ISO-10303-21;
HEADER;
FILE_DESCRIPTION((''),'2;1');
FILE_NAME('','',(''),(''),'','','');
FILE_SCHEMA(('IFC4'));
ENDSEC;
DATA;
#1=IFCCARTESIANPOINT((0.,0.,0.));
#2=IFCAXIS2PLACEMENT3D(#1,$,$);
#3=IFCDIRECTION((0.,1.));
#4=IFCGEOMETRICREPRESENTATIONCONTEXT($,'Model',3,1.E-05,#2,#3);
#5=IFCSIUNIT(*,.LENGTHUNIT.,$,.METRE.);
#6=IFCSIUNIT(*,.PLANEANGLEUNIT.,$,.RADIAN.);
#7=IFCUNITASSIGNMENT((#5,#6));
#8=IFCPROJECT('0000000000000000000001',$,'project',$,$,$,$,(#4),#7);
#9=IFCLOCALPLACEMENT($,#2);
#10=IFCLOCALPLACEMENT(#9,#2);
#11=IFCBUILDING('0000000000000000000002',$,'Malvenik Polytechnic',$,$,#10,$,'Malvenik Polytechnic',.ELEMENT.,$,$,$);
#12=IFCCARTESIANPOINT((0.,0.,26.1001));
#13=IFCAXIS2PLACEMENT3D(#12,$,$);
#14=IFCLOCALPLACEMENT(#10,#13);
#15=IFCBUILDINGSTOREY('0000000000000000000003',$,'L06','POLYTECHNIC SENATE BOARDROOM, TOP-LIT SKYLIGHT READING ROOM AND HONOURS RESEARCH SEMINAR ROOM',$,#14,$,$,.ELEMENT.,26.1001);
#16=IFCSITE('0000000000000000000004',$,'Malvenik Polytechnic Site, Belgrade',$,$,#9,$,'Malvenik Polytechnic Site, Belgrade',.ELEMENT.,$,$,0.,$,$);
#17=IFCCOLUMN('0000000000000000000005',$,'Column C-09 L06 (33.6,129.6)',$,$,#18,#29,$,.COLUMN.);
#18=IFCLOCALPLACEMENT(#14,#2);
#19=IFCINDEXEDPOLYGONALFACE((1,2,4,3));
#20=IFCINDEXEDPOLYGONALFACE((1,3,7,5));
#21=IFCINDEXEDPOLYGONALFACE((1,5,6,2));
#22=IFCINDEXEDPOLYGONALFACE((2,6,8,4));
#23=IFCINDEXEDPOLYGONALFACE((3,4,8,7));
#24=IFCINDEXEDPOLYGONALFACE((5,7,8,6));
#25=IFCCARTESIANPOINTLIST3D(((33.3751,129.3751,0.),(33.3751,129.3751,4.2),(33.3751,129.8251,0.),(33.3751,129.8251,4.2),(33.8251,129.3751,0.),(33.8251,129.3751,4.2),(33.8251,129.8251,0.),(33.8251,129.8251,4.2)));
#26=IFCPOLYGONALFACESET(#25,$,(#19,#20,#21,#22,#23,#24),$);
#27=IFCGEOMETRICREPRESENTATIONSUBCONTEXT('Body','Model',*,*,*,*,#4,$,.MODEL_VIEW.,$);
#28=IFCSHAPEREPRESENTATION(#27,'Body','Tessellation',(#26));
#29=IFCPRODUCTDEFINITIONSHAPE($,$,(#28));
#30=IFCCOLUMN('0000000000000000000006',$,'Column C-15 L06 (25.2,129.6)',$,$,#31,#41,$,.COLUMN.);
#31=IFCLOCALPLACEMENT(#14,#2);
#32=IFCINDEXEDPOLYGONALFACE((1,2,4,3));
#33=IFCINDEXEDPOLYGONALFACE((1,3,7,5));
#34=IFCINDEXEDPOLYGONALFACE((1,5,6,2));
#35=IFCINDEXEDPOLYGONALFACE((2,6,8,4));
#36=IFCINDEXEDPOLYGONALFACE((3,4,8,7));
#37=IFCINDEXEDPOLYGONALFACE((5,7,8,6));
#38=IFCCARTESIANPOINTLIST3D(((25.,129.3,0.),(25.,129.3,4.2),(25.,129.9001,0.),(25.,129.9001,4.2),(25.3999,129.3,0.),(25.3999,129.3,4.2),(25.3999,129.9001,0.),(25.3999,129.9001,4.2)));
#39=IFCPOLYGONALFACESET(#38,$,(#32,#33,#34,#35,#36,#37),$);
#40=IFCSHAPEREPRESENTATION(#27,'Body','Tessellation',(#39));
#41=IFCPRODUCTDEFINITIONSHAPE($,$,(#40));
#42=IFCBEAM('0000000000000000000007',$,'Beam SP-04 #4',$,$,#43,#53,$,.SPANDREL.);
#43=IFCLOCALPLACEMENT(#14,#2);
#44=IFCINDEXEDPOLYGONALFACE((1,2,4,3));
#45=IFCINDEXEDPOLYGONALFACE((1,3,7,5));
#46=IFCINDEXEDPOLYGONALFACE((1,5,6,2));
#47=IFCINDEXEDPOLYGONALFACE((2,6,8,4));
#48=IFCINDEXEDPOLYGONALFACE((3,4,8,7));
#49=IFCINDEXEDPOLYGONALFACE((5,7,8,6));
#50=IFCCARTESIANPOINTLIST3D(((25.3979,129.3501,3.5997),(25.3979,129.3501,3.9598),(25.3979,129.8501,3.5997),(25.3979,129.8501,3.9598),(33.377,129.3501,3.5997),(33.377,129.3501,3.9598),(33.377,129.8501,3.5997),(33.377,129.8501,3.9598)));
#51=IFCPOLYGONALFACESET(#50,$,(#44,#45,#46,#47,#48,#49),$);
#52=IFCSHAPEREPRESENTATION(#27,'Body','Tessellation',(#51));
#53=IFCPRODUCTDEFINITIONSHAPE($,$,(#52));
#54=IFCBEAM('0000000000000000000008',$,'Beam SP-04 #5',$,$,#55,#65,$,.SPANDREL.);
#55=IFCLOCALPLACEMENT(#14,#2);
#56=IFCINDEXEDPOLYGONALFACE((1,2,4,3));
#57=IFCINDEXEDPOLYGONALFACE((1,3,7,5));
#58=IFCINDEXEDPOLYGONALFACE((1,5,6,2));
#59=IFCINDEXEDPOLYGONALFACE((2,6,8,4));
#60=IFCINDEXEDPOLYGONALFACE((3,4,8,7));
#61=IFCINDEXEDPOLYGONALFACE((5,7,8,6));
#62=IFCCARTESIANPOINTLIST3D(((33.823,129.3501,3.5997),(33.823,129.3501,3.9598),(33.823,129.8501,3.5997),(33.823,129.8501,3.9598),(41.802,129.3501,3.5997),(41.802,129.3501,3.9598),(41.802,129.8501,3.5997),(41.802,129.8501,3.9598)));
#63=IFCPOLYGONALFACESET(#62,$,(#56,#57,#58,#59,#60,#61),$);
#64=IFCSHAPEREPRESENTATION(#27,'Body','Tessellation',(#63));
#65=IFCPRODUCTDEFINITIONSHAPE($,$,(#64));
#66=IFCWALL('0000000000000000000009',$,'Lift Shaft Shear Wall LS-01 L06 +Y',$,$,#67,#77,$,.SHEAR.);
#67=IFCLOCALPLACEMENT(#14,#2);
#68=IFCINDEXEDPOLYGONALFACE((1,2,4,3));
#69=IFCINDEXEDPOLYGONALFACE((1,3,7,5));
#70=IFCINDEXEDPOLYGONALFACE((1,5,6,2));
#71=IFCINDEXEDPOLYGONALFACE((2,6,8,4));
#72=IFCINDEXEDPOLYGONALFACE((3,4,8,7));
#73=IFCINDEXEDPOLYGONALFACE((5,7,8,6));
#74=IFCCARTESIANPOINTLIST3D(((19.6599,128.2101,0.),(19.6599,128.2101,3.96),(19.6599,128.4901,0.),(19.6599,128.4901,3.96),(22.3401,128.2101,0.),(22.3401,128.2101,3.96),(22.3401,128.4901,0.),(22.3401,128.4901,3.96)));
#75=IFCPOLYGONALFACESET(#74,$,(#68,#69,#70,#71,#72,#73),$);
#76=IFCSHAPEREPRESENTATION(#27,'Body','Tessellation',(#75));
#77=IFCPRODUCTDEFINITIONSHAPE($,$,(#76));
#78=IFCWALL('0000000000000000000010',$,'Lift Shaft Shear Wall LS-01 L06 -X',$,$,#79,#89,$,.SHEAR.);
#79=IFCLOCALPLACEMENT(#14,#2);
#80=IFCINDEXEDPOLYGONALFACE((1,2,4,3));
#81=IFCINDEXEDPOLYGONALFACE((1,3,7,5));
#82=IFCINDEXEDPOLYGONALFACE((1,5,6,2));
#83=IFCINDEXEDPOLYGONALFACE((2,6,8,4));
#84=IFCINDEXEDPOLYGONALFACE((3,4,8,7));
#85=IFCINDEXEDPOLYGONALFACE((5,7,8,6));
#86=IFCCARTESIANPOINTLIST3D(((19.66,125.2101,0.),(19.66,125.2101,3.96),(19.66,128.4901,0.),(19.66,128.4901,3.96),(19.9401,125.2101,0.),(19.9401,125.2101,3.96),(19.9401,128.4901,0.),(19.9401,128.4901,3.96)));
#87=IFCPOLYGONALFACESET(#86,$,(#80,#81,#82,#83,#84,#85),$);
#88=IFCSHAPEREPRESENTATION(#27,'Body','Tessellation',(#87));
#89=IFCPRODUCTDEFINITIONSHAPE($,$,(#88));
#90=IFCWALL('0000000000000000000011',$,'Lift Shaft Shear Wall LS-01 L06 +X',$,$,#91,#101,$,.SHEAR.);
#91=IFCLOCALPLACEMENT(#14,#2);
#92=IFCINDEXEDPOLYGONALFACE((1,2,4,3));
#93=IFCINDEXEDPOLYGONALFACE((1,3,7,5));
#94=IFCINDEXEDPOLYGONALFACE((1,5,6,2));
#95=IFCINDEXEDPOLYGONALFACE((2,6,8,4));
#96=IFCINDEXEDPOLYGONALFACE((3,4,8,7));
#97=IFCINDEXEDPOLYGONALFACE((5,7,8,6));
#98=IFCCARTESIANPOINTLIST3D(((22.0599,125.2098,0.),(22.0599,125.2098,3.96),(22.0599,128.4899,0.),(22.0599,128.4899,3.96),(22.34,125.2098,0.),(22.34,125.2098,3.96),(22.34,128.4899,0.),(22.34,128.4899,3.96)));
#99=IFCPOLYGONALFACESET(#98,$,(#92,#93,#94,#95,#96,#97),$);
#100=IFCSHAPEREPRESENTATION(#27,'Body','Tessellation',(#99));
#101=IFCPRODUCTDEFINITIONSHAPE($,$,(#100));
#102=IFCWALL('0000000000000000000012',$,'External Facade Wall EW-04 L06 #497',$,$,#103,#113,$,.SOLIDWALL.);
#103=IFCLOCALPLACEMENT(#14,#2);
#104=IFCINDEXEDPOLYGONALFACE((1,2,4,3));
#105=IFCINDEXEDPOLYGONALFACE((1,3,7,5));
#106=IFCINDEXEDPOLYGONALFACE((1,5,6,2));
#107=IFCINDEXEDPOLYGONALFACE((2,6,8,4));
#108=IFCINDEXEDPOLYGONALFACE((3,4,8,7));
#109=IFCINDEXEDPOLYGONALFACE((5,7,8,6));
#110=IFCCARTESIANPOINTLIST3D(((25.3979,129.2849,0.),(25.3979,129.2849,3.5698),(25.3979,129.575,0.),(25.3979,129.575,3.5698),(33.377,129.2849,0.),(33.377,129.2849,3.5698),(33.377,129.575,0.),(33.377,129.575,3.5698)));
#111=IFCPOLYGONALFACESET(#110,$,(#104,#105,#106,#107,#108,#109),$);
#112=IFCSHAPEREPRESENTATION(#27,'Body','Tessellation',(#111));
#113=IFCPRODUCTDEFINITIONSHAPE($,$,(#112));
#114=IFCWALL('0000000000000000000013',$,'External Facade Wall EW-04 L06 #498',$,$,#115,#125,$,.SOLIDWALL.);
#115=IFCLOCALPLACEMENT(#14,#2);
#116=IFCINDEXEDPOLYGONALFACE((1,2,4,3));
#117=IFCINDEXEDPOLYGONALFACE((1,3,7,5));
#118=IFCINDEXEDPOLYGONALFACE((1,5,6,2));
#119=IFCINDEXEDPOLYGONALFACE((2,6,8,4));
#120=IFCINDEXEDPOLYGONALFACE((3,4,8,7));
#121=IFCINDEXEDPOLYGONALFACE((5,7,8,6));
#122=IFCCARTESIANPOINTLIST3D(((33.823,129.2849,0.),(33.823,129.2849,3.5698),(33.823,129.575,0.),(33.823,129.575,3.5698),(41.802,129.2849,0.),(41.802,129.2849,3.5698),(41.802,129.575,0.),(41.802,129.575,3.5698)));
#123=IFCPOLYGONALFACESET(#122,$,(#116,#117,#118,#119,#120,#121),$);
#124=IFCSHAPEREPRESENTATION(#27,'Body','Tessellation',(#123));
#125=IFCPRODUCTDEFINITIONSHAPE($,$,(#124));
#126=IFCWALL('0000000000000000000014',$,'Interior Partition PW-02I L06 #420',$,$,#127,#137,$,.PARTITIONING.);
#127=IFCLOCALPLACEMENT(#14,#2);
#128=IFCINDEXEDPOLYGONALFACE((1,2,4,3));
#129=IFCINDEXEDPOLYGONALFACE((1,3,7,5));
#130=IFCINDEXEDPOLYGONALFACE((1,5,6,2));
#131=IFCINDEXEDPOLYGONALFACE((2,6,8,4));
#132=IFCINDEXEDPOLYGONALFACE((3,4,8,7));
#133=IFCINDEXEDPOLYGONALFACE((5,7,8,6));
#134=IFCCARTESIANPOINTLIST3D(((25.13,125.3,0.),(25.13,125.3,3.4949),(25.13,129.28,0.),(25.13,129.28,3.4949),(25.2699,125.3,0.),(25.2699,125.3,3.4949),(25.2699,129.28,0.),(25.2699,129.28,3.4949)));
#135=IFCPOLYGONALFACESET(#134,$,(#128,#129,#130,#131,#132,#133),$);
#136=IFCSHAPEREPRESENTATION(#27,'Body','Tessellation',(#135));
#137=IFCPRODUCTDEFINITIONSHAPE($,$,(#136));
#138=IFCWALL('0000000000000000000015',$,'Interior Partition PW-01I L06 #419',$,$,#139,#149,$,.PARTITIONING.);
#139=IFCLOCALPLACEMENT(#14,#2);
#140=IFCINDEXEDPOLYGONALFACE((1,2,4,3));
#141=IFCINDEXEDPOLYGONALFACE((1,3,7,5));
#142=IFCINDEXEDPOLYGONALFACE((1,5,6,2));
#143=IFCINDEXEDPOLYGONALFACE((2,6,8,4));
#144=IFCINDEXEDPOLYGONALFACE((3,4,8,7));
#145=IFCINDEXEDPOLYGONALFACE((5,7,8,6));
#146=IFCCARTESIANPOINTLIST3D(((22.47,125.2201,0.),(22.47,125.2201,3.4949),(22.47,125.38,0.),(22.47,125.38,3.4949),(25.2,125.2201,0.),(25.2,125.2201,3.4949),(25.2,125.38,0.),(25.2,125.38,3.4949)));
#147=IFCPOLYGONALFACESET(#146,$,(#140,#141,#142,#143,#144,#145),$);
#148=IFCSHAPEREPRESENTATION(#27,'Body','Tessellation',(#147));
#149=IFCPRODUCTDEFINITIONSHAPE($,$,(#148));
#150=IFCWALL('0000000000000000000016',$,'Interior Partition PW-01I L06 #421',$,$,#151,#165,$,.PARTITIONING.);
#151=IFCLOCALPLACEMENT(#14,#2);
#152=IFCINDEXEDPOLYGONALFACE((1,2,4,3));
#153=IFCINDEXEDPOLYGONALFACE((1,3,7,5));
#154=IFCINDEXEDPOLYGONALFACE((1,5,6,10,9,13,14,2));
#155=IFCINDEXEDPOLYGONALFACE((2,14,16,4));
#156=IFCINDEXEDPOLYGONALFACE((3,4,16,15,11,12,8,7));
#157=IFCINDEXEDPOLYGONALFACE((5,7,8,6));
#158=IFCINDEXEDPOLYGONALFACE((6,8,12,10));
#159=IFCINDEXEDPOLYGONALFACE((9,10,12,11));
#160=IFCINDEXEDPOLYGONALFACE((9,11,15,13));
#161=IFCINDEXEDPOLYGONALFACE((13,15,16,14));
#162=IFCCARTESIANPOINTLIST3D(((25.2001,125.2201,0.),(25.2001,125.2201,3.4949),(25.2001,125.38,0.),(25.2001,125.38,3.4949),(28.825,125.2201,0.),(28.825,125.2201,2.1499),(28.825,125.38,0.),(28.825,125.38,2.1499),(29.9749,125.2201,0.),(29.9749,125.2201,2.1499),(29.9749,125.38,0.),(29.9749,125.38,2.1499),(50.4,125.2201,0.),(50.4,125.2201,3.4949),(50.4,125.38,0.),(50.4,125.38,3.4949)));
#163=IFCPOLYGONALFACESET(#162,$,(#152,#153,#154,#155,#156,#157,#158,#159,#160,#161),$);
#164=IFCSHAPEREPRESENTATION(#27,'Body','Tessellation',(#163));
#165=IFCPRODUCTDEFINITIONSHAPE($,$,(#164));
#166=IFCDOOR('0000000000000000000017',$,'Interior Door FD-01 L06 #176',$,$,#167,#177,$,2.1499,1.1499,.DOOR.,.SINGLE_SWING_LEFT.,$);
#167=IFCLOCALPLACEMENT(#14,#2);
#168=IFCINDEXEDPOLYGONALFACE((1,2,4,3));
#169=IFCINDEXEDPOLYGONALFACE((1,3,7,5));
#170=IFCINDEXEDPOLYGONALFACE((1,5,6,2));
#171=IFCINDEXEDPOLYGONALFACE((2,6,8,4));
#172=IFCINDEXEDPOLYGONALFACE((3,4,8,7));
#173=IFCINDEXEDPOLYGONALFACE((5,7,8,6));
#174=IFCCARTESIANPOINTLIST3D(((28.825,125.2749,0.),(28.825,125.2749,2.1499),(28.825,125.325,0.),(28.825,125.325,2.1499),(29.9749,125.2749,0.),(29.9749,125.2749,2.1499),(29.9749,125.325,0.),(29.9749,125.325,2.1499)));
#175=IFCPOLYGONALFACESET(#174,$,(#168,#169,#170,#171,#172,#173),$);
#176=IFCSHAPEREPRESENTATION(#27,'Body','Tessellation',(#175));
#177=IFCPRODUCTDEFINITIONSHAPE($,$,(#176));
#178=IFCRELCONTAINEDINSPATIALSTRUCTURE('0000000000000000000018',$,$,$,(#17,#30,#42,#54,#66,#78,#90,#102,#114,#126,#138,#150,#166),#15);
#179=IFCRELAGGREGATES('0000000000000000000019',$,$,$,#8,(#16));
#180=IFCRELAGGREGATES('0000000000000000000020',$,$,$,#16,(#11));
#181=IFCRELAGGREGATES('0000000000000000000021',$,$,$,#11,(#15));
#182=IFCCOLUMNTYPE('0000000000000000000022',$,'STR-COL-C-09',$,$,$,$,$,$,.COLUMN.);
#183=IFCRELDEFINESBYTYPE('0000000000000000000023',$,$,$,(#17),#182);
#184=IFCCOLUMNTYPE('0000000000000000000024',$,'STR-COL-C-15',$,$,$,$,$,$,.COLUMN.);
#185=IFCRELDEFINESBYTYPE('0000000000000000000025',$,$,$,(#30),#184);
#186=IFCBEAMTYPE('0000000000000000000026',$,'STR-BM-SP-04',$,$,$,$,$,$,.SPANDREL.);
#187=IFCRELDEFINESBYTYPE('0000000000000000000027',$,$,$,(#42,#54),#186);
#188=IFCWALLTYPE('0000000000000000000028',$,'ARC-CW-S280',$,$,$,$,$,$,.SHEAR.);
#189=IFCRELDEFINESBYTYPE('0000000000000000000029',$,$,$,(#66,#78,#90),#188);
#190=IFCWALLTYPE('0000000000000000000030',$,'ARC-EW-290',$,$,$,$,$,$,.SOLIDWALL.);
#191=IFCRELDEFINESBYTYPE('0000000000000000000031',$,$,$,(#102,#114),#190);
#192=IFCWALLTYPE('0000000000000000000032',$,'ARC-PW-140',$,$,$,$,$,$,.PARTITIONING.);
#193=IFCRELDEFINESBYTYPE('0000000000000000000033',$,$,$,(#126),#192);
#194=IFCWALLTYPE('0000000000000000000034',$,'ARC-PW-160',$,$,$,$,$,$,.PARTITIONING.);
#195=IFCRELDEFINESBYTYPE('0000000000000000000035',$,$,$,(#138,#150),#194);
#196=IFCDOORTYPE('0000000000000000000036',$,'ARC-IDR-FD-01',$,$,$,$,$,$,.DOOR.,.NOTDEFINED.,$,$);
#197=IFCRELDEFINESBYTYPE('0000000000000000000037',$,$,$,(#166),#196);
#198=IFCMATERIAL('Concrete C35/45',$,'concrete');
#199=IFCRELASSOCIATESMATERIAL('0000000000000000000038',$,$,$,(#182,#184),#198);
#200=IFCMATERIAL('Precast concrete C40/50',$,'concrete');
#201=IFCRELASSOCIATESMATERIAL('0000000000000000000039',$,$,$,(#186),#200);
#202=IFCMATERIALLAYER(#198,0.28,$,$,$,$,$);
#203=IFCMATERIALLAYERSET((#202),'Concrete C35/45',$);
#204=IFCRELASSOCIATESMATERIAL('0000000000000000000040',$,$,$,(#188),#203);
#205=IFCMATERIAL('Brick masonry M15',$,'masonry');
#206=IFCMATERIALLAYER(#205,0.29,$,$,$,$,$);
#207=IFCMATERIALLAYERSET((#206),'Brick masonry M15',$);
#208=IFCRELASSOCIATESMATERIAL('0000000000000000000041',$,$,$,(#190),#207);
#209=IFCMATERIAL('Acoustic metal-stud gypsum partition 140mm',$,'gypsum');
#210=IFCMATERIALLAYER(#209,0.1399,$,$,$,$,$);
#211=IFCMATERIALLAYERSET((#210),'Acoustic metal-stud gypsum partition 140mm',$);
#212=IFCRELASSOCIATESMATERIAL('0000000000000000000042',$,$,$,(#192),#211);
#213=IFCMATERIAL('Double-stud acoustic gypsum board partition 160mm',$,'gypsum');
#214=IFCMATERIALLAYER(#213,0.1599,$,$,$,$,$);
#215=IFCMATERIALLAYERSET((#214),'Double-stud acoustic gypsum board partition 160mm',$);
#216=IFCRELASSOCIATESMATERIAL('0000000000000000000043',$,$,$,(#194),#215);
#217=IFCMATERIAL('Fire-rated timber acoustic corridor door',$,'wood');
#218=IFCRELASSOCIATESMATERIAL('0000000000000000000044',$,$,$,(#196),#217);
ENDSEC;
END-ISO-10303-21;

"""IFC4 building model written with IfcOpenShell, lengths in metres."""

from ifc_helpers import new_model, si_unit, direction, frame, frame_2d, origin, origin_2d, place, context, subcontext, project, spatial, rectangle, extrude, material, layer, layer_set, material_profile, profile_set, type_object, element, fill, save


model = new_model("IFC4")

# Units and contexts
model_context = context("Model", 3, precision=1e-05, world=origin(), true_north=direction((0.0, 1.0)))
body_context = subcontext(model_context, "Body", "Model", "MODEL_VIEW")
ifc_project = project(units=[si_unit("LENGTHUNIT", "METRE"), si_unit("PLANEANGLEUNIT", "RADIAN")], contexts=[model_context])

# Site, building, storey
site_placement = place(None, origin())
site = spatial("IfcSite", under=ifc_project, at=site_placement, Name="Malvenik Polytechnic Site, Belgrade", LongName="Malvenik Polytechnic Site, Belgrade", CompositionType="ELEMENT", RefElevation=0.0)
building_placement = place(site_placement, origin())
building = spatial("IfcBuilding", under=site, at=building_placement, Name="Malvenik Polytechnic", LongName="Malvenik Polytechnic", CompositionType="ELEMENT")
storey_placement = place(building_placement, frame((0.0, 0.0, 26.1001)))
storey = spatial("IfcBuildingStorey", under=building, at=storey_placement, Name="L06", Description="POLYTECHNIC SENATE BOARDROOM, TOP-LIT SKYLIGHT READING ROOM AND HONOURS RESEARCH SEMINAR ROOM", CompositionType="ELEMENT", Elevation=26.1001)

# Columns
ifc_material_1 = material(Name="Concrete C35/45", Category="concrete")
ifc_material_profile_1 = material_profile(ifc_material_1, rectangle(XDim=0.45, YDim=0.45, at=origin_2d()), Name="RC COL 450x450")
ifc_profile_set_1 = profile_set([ifc_material_profile_1], Name="Concrete C35/45")
column_type_1 = type_object("IfcColumnType", Name="STR-COL-C-09", PredefinedType="COLUMN", material=ifc_profile_set_1)
column_1_placement = place(storey_placement, frame((33.6001, 129.6001, 0.0), z_axis=(0.0, 0.0, 1.0), x_axis=(1.0, 0.0, 0.0)))
element("IfcColumn", 1, at=column_1_placement, inside=storey, type_object=column_type_1, Name="Column C-09 L06 (33.6,129.6)", PredefinedType="COLUMN", context=body_context, shape_type="SweptSolid", body=[
    extrude(rectangle(XDim=0.45, YDim=0.45, at=origin_2d()), origin(), (0.0, 0.0, 1.0), 4.2),
])
ifc_material_profile_2 = material_profile(ifc_material_1, rectangle(XDim=0.3999, YDim=0.6001, at=origin_2d()), Name="RC COL 600x400")
ifc_profile_set_2 = profile_set([ifc_material_profile_2], Name="Concrete C35/45")
column_type_2 = type_object("IfcColumnType", Name="STR-COL-C-15", PredefinedType="COLUMN", material=ifc_profile_set_2)
column_2_placement = place(storey_placement, frame((25.2, 129.6001, 0.0), z_axis=(0.0, 0.0, 1.0), x_axis=(1.0, 0.0, 0.0)))
element("IfcColumn", 2, at=column_2_placement, inside=storey, type_object=column_type_2, Name="Column C-15 L06 (25.2,129.6)", PredefinedType="COLUMN", context=body_context, shape_type="SweptSolid", body=[
    extrude(rectangle(XDim=0.3999, YDim=0.6001, at=origin_2d()), origin(), (0.0, 0.0, 1.0), 4.2),
])

# Beams
ifc_material_2 = material(Name="Precast concrete C40/50", Category="concrete")
ifc_material_profile_3 = material_profile(ifc_material_2, rectangle(XDim=0.5, YDim=0.3601, at=origin_2d()), Name="PC CRN 500x360")
ifc_profile_set_3 = profile_set([ifc_material_profile_3], Name="Precast concrete C40/50")
beam_type = type_object("IfcBeamType", Name="STR-BM-SP-04", PredefinedType="SPANDREL", material=ifc_profile_set_3)
for number, where, z_axis, x_axis, name in (
    (3, (25.3979, 129.6001, 3.7798), (1.0, 0.0, 0.0), (0.0, 1.0, 0.0), "Beam SP-04 #4"),
    (4, (33.823, 129.6001, 3.7798), (1.0, 0.0, 0.0), (0.0, 1.0, 0.0), "Beam SP-04 #5"),
):
    element("IfcBeam", number, at=place(storey_placement, frame(where, z_axis=z_axis, x_axis=x_axis)), inside=storey, type_object=beam_type, Name=name, PredefinedType="SPANDREL", context=body_context, shape_type="SweptSolid", body=[
        extrude(rectangle(XDim=0.5, YDim=0.3601, at=origin_2d()), origin(), (0.0, 0.0, 1.0), 7.979),
    ])

# Shared definitions
ifc_layer_1 = layer(ifc_material_1, 0.28)
ifc_layer_set_1 = layer_set([ifc_layer_1], Name="Concrete C35/45")
wall_type_1 = type_object("IfcWallType", Name="ARC-CW-S280", PredefinedType="SHEAR", material=ifc_layer_set_1)

# Walls
wall_1_placement = place(storey_placement, frame((19.6599, 128.3501, 0.0), z_axis=(0.0, 0.0, 1.0), x_axis=(1.0, 0.0, 0.0)))
element("IfcWall", 5, at=wall_1_placement, inside=storey, type_object=wall_type_1, Name="Lift Shaft Shear Wall LS-01 L06 +Y", PredefinedType="SHEAR", context=body_context, shape_type="SweptSolid", body=[
    extrude(rectangle(XDim=2.6802, YDim=0.28, at=frame_2d((1.3401, 0.0))), origin(), (0.0, 0.0, 1.0), 3.96),
])
for number, where, z_axis, x_axis, name in (
    (6, (19.8, 125.21, 0.0), (0.0, 0.0, 1.0), (0.0, 1.0, 0.0), "Lift Shaft Shear Wall LS-01 L06 -X"),
    (7, (22.2, 128.49, 0.0), (0.0, 0.0, 1.0), (0.0, -1.0, 0.0), "Lift Shaft Shear Wall LS-01 L06 +X"),
):
    element("IfcWall", number, at=place(storey_placement, frame(where, z_axis=z_axis, x_axis=x_axis)), inside=storey, type_object=wall_type_1, Name=name, PredefinedType="SHEAR", context=body_context, shape_type="SweptSolid", body=[
        extrude(rectangle(XDim=3.28, YDim=0.28, at=frame_2d((1.6401, 0.0))), origin(), (0.0, 0.0, 1.0), 3.96),
    ])
ifc_material_3 = material(Name="Brick masonry M15", Category="masonry")
ifc_layer_2 = layer(ifc_material_3, 0.29)
ifc_layer_set_2 = layer_set([ifc_layer_2], Name="Brick masonry M15")
wall_type_2 = type_object("IfcWallType", Name="ARC-EW-290", PredefinedType="SOLIDWALL", material=ifc_layer_set_2)
for number, where, z_axis, x_axis, name in (
    (8, (25.3979, 129.4299, 0.0), (0.0, 0.0, 1.0), (1.0, 0.0, 0.0), "External Facade Wall EW-04 L06 #497"),
    (9, (33.823, 129.4299, 0.0), (0.0, 0.0, 1.0), (1.0, 0.0, 0.0), "External Facade Wall EW-04 L06 #498"),
):
    element("IfcWall", number, at=place(storey_placement, frame(where, z_axis=z_axis, x_axis=x_axis)), inside=storey, type_object=wall_type_2, Name=name, PredefinedType="SOLIDWALL", context=body_context, shape_type="SweptSolid", body=[
        extrude(rectangle(XDim=7.979, YDim=0.29, at=frame_2d((3.9895, 0.0))), origin(), (0.0, 0.0, 1.0), 3.5698),
    ])
ifc_material_4 = material(Name="Acoustic metal-stud gypsum partition 140mm", Category="gypsum")
ifc_layer_3 = layer(ifc_material_4, 0.1399)
ifc_layer_set_3 = layer_set([ifc_layer_3], Name="Acoustic metal-stud gypsum partition 140mm")
wall_type_3 = type_object("IfcWallType", Name="ARC-PW-140", PredefinedType="PARTITIONING", material=ifc_layer_set_3)
wall_2_placement = place(storey_placement, frame((25.2, 125.3, 0.0), z_axis=(0.0, 0.0, 1.0), x_axis=(0.0, 1.0, 0.0)))
element("IfcWall", 10, at=wall_2_placement, inside=storey, type_object=wall_type_3, Name="Interior Partition PW-02I L06 #420", PredefinedType="PARTITIONING", context=body_context, shape_type="SweptSolid", body=[
    extrude(rectangle(XDim=3.98, YDim=0.1399, at=frame_2d((1.99, 0.0))), origin(), (0.0, 0.0, 1.0), 3.4949),
])
ifc_material_5 = material(Name="Double-stud acoustic gypsum board partition 160mm", Category="gypsum")
ifc_layer_4 = layer(ifc_material_5, 0.1599)
ifc_layer_set_4 = layer_set([ifc_layer_4], Name="Double-stud acoustic gypsum board partition 160mm")
wall_type_4 = type_object("IfcWallType", Name="ARC-PW-160", PredefinedType="PARTITIONING", material=ifc_layer_set_4)
wall_3_placement = place(storey_placement, frame((22.47, 125.3, 0.0), z_axis=(0.0, 0.0, 1.0), x_axis=(1.0, 0.0, 0.0)))
element("IfcWall", 11, at=wall_3_placement, inside=storey, type_object=wall_type_4, Name="Interior Partition PW-01I L06 #419", PredefinedType="PARTITIONING", context=body_context, shape_type="SweptSolid", body=[
    extrude(rectangle(XDim=2.73, YDim=0.1599, at=frame_2d((1.365, 0.0))), origin(), (0.0, 0.0, 1.0), 3.4949),
])

# Wall, opening, door
wall_4_placement = place(storey_placement, frame((25.2, 125.3, 0.0), z_axis=(0.0, 0.0, 1.0), x_axis=(1.0, 0.0, 0.0)))
wall_4 = element("IfcWall", 12, at=wall_4_placement, inside=storey, type_object=wall_type_4, Name="Interior Partition PW-01I L06 #421", PredefinedType="PARTITIONING", context=body_context, shape_type="SweptSolid", body=[
    extrude(rectangle(XDim=25.2, YDim=0.1599, at=frame_2d((12.6001, 0.0))), origin(), (0.0, 0.0, 1.0), 3.4949),
])
opening_1_placement = place(wall_4_placement, frame((3.625, 0.0, 0.0)))
opening_1 = element("IfcOpeningElement", 13, at=opening_1_placement, cuts=wall_4, PredefinedType="OPENING", context=body_context, shape_type="SweptSolid", body=[
    extrude(rectangle(XDim=1.1499, YDim=2.1499, at=frame_2d((0.575, 1.075))), frame((0.0, 0.0898, 0.0), z_axis=(0.0, -1.0, 0.0), x_axis=(1.0, 0.0, 0.0)), (0.0, 0.0, 1.0), 0.1799),
])
ifc_material_6 = material(Name="Fire-rated timber acoustic corridor door", Category="wood")
door_type_1 = type_object("IfcDoorType", Name="ARC-IDR-FD-01", OperationType="NOTDEFINED", PredefinedType="DOOR", material=ifc_material_6)
door_1_placement = place(opening_1_placement, origin())
door_1 = element("IfcDoor", 14, at=door_1_placement, inside=storey, type_object=door_type_1, Name="Interior Door FD-01 L06 #176", OperationType="SINGLE_SWING_LEFT", OverallHeight=2.1499, OverallWidth=1.1499, PredefinedType="DOOR", context=body_context, shape_type="SweptSolid", body=[
    extrude(rectangle(XDim=1.1499, YDim=2.1499, at=frame_2d((0.575, 1.075))), frame((0.0, 0.0249, 0.0), z_axis=(0.0, -1.0, 0.0), x_axis=(1.0, 0.0, 0.0)), (0.0, 0.0, 1.0), 0.05),
])
fill(opening_1, door_1)

save(model, "model.ifc")
